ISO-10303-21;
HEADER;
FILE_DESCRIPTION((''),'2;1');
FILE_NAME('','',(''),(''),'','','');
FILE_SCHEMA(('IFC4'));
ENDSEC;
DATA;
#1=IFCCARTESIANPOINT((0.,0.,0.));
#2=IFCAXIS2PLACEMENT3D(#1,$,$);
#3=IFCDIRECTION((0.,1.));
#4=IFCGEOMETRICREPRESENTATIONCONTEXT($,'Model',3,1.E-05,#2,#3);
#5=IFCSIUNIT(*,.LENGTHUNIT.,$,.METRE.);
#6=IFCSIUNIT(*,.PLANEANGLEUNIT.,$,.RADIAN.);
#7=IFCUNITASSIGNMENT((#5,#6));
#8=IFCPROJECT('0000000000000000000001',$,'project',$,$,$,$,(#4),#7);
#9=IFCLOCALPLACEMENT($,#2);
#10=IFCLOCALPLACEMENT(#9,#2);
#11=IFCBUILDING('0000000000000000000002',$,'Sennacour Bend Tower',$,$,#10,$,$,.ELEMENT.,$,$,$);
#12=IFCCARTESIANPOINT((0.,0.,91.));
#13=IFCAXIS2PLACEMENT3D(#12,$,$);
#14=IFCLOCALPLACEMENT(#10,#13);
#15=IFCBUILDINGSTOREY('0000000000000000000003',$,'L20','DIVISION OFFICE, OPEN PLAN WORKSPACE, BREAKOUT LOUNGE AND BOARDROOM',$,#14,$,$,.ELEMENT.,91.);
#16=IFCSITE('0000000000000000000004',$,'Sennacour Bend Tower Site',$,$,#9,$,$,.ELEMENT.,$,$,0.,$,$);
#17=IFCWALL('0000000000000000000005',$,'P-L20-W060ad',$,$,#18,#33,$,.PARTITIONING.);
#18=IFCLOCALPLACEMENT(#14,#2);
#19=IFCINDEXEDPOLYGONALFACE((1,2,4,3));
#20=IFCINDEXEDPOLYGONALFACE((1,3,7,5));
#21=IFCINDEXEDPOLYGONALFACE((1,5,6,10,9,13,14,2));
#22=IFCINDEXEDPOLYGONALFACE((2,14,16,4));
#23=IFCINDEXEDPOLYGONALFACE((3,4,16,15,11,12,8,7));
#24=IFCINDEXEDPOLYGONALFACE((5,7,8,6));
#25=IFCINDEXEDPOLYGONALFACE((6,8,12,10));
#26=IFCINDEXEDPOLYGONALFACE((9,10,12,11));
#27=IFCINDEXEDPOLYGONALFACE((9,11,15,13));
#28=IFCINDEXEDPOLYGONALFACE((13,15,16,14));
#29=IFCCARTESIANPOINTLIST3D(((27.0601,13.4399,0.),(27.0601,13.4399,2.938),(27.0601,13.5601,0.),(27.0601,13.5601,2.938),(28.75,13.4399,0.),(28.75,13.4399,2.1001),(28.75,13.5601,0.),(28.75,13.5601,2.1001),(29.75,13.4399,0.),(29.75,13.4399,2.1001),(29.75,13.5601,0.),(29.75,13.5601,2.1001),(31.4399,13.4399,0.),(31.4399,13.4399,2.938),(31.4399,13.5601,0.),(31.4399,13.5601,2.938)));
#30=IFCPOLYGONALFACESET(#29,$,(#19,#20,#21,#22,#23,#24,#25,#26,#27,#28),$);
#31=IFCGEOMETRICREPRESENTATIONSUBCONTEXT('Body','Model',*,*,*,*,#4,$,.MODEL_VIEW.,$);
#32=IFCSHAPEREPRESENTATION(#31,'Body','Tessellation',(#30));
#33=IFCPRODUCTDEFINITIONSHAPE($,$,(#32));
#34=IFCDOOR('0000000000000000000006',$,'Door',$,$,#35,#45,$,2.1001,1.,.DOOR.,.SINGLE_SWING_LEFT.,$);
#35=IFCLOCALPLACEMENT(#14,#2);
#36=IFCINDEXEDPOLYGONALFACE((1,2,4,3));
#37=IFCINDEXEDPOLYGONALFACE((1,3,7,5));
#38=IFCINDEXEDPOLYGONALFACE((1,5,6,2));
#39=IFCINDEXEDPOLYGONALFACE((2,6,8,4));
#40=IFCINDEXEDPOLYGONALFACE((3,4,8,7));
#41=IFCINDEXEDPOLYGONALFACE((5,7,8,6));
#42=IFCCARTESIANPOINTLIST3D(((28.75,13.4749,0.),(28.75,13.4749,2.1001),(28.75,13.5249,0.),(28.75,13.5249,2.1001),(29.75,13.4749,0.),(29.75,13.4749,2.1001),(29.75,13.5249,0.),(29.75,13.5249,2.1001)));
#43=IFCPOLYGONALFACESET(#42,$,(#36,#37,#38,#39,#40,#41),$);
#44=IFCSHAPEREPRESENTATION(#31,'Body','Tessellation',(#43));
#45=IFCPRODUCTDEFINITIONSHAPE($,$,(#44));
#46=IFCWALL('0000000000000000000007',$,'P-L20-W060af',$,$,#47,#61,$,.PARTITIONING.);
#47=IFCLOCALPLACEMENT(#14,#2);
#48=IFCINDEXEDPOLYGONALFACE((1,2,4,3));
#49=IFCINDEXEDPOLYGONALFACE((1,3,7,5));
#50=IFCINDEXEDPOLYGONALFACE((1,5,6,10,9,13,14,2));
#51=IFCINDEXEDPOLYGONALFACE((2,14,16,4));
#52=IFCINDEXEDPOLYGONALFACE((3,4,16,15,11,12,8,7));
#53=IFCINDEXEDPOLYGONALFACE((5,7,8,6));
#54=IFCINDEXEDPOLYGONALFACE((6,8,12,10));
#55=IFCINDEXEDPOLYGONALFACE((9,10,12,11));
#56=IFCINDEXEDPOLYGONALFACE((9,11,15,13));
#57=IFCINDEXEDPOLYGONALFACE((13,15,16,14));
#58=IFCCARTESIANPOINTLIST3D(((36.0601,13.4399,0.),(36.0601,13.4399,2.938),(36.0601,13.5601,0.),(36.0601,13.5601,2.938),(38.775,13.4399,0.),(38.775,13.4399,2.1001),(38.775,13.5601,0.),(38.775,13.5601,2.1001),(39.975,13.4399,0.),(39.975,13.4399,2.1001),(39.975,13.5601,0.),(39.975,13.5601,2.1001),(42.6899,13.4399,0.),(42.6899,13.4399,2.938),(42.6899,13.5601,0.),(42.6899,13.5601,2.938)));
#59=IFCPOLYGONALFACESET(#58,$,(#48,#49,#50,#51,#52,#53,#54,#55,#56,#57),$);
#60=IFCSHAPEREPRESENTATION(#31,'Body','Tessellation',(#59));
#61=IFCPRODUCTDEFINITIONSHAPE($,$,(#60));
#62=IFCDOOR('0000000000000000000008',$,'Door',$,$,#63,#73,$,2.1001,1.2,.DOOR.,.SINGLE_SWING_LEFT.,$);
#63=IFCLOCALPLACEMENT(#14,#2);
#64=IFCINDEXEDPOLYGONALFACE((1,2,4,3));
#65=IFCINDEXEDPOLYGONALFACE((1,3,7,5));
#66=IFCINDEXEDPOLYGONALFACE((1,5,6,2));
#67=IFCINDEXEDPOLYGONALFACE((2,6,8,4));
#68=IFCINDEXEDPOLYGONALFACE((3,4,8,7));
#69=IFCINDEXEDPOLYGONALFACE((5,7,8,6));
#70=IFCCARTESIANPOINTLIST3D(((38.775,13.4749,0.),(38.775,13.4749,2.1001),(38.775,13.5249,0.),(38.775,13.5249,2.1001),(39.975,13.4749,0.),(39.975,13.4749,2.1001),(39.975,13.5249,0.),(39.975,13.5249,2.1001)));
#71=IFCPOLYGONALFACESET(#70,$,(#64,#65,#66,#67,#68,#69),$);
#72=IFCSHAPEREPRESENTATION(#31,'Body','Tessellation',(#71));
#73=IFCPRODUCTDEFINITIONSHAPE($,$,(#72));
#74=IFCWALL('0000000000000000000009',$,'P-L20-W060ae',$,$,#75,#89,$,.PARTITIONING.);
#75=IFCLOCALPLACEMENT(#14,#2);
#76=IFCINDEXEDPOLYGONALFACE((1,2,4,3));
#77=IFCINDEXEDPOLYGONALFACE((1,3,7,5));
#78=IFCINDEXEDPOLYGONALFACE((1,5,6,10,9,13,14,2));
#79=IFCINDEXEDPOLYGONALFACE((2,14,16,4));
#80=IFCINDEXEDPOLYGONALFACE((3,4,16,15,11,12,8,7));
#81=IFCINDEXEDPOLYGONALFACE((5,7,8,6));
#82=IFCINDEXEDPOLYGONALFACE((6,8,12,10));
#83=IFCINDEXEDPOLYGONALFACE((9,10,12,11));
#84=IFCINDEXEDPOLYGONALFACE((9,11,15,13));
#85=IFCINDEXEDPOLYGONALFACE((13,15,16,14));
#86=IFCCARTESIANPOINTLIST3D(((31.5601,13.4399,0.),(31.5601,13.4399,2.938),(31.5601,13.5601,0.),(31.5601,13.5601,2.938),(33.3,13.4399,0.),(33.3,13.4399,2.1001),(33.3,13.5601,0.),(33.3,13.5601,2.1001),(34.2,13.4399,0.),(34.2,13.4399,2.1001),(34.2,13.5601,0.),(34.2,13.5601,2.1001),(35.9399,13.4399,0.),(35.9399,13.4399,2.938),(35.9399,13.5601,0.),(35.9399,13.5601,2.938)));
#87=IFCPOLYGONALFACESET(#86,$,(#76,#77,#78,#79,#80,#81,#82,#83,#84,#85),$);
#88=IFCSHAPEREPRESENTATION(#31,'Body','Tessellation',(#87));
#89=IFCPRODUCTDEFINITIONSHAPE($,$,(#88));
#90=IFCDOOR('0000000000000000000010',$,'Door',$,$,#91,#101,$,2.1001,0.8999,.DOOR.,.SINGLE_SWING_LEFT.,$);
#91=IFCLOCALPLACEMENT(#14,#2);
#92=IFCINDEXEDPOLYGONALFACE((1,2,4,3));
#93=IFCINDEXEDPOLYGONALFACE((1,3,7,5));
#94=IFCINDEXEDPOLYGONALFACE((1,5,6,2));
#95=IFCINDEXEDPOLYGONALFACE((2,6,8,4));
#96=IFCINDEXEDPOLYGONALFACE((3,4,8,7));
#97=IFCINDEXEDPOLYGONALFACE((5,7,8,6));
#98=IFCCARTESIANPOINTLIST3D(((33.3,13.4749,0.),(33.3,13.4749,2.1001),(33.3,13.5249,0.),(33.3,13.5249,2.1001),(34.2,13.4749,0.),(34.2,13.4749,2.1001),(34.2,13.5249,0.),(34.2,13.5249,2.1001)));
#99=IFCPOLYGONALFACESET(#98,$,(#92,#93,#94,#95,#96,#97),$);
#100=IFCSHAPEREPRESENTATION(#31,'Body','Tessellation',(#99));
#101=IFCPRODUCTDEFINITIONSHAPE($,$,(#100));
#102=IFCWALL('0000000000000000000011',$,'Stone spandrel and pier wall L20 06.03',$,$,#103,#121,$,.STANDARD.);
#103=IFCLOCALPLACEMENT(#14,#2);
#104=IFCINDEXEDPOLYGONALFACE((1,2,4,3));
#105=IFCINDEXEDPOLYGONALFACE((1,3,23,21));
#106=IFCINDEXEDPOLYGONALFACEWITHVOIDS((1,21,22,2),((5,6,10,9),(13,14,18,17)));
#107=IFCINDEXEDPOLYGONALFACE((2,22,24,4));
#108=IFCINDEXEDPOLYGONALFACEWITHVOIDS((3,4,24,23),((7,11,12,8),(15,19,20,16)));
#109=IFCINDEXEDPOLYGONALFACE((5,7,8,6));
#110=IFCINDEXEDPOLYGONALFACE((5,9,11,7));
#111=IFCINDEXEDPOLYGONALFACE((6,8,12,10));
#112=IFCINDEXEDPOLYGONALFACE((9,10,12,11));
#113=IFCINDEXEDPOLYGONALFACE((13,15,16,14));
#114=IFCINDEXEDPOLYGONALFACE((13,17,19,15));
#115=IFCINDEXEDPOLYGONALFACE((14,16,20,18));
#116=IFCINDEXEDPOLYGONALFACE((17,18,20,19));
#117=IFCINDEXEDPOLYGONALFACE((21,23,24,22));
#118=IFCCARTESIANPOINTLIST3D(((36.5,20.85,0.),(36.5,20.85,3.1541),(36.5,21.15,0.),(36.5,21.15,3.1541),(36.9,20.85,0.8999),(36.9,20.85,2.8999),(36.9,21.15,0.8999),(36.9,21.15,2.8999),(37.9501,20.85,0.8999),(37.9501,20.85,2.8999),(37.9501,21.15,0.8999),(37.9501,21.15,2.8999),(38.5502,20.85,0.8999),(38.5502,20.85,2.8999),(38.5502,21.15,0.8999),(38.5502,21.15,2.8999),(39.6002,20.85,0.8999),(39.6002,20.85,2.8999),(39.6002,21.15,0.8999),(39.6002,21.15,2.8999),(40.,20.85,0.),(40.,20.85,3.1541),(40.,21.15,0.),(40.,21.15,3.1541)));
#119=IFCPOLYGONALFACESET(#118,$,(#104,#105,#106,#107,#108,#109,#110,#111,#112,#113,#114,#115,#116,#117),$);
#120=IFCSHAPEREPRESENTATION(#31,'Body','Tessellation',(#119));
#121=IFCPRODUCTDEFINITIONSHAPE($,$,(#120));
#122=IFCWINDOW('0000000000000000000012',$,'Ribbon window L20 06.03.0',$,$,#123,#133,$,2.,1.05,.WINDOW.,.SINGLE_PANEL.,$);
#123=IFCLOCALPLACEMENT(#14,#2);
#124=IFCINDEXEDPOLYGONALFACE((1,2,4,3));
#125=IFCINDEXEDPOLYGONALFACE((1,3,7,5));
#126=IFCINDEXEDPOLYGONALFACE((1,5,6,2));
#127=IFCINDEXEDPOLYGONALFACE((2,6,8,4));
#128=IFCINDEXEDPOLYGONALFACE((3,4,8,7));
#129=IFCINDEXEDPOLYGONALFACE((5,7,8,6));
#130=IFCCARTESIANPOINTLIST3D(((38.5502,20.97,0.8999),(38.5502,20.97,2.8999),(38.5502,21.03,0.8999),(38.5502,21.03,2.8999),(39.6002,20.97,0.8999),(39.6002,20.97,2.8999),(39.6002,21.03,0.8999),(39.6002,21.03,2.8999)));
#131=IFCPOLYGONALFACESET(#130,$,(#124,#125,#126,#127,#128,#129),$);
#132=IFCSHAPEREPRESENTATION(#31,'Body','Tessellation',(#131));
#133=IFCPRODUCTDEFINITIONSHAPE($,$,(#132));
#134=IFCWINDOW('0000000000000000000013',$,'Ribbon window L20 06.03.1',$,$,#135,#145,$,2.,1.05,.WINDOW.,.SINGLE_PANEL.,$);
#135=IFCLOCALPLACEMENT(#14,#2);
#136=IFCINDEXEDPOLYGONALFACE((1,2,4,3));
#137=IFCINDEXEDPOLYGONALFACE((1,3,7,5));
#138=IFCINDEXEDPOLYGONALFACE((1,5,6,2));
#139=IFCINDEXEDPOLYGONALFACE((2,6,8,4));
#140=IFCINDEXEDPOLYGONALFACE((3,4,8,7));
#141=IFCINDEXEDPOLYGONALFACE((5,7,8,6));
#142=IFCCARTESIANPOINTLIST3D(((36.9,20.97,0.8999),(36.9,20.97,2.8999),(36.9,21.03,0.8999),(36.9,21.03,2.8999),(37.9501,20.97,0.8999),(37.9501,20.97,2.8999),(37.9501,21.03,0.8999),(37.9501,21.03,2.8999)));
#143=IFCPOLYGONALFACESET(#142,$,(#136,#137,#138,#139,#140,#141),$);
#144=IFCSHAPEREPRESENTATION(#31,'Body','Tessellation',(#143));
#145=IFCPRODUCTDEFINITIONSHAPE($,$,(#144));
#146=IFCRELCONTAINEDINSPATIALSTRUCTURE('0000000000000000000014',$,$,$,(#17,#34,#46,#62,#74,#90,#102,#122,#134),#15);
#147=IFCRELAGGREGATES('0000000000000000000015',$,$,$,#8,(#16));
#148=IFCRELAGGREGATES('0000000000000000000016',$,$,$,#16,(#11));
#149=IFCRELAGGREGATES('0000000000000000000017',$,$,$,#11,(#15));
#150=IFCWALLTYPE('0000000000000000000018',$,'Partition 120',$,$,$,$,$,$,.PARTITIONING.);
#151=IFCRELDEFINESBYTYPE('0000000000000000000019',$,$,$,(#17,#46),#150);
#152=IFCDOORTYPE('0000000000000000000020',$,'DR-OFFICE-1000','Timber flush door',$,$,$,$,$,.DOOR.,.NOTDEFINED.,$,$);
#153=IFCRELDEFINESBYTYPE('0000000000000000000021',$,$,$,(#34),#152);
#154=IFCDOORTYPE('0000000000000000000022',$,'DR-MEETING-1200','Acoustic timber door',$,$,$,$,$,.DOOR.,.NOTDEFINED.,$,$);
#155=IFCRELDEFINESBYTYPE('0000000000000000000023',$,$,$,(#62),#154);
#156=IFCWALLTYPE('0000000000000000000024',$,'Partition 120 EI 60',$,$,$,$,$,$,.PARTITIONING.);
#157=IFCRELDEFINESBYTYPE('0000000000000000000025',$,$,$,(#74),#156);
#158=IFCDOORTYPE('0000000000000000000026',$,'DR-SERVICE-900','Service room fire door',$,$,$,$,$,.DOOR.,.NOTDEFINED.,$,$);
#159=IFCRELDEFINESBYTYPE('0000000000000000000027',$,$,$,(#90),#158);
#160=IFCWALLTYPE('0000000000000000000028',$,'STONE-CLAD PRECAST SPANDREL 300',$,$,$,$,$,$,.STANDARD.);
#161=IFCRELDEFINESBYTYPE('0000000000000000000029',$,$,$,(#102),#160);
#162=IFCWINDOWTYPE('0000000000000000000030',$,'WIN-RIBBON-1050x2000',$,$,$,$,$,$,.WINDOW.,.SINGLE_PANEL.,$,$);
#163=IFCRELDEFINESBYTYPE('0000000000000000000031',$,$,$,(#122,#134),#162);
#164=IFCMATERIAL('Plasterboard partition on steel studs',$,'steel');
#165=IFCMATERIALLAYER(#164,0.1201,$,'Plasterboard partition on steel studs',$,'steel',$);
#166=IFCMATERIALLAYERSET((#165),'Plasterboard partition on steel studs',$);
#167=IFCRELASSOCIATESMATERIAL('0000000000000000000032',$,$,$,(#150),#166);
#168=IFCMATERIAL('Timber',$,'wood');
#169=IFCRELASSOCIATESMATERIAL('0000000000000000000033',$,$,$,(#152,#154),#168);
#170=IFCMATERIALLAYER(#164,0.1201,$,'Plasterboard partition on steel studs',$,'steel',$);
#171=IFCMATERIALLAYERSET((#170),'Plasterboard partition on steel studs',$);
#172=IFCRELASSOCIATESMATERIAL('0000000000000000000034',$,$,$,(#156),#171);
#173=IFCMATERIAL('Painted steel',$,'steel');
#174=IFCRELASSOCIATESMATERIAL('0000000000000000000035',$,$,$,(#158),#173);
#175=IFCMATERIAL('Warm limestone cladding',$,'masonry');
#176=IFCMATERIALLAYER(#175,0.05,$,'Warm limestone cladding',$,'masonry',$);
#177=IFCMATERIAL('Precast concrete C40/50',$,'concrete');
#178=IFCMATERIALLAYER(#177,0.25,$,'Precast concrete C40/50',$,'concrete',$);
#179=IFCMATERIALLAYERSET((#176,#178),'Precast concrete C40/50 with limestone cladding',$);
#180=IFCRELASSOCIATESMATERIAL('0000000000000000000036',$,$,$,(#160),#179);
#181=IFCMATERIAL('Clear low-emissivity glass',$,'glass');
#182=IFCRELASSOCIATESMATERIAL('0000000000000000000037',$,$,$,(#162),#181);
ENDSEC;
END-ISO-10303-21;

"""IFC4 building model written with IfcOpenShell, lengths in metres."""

from ifc_helpers import new_model, si_unit, direction, frame, frame_2d, origin, place, context, subcontext, project, spatial, rectangle, extrude, material, layer, layer_set, type_object, element, fill, save


model = new_model("IFC4")

# Units and contexts
model_context = context("Model", 3, precision=1e-05, world=origin(), true_north=direction((0.0, 1.0)))
body_context = subcontext(model_context, "Body", "Model", "MODEL_VIEW")
ifc_project = project(units=[si_unit("LENGTHUNIT", "METRE"), si_unit("PLANEANGLEUNIT", "RADIAN")], contexts=[model_context])

# Site, building, storey
site_placement = place(None, origin())
site = spatial("IfcSite", under=ifc_project, at=site_placement, Name="Sennacour Bend Tower Site", CompositionType="ELEMENT", RefElevation=0.0)
building_placement = place(site_placement, origin())
building = spatial("IfcBuilding", under=site, at=building_placement, Name="Sennacour Bend Tower", CompositionType="ELEMENT")
storey_placement = place(building_placement, frame((0.0, 0.0, 91.0)))
storey = spatial("IfcBuildingStorey", under=building, at=storey_placement, Name="L20", Description="DIVISION OFFICE, OPEN PLAN WORKSPACE, BREAKOUT LOUNGE AND BOARDROOM", CompositionType="ELEMENT", Elevation=91.0)

# Shared definitions
ifc_material_1 = material(Name="Plasterboard partition on steel studs", Category="steel")
ifc_layer_1 = layer(ifc_material_1, 0.1201, Name="Plasterboard partition on steel studs", Category="steel")
ifc_layer_set_1 = layer_set([ifc_layer_1], Name="Plasterboard partition on steel studs")
wall_type_1 = type_object("IfcWallType", Name="Partition 120", PredefinedType="PARTITIONING", material=ifc_layer_set_1)

# Walls, openings, doors
ifc_material_2 = material(Name="Timber", Category="wood")
wall_1_placement = place(storey_placement, frame((27.0601, 13.5, 0.0), z_axis=(0.0, 0.0, 1.0), x_axis=(1.0, 0.0, 0.0)))
wall_1 = element("IfcWall", 1, at=wall_1_placement, inside=storey, type_object=wall_type_1, Name="P-L20-W060ad", PredefinedType="PARTITIONING", context=body_context, shape_type="SweptSolid", body=[
    extrude(rectangle(XDim=4.3799, YDim=0.1201, at=frame_2d((2.1899, 0.0))), origin(), (0.0, 0.0, 1.0), 2.938),
])
opening_1_placement = place(wall_1_placement, frame((1.6899, 0.0, 0.0)))
opening_1 = element("IfcOpeningElement", 2, at=opening_1_placement, cuts=wall_1, PredefinedType="OPENING", context=body_context, shape_type="SweptSolid", body=[
    extrude(rectangle(XDim=1.0, YDim=2.1001, at=frame_2d((0.5, 1.05))), frame((0.0, 0.0701, 0.0), z_axis=(0.0, -1.0, 0.0), x_axis=(1.0, 0.0, 0.0)), (0.0, 0.0, 1.0), 0.1401),
])
door_type_1 = type_object("IfcDoorType", Name="DR-OFFICE-1000", Description="Timber flush door", OperationType="NOTDEFINED", PredefinedType="DOOR", material=ifc_material_2)
door_1_placement = place(opening_1_placement, origin())
door_1 = element("IfcDoor", 3, at=door_1_placement, inside=storey, type_object=door_type_1, Name="Door", OperationType="SINGLE_SWING_LEFT", OverallHeight=2.1001, OverallWidth=1.0, PredefinedType="DOOR", context=body_context, shape_type="SweptSolid", body=[
    extrude(rectangle(XDim=1.0, YDim=2.1001, at=frame_2d((0.5, 1.05))), frame((0.0, 0.0249, 0.0), z_axis=(0.0, -1.0, 0.0), x_axis=(1.0, 0.0, 0.0)), (0.0, 0.0, 1.0), 0.05),
])
fill(opening_1, door_1)
wall_2_placement = place(storey_placement, frame((36.0601, 13.5, 0.0), z_axis=(0.0, 0.0, 1.0), x_axis=(1.0, 0.0, 0.0)))
wall_2 = element("IfcWall", 4, at=wall_2_placement, inside=storey, type_object=wall_type_1, Name="P-L20-W060af", PredefinedType="PARTITIONING", context=body_context, shape_type="SweptSolid", body=[
    extrude(rectangle(XDim=6.6299, YDim=0.1201, at=frame_2d((3.3149, 0.0))), origin(), (0.0, 0.0, 1.0), 2.938),
])
opening_2_placement = place(wall_2_placement, frame((2.7148, 0.0, 0.0)))
opening_2 = element("IfcOpeningElement", 5, at=opening_2_placement, cuts=wall_2, PredefinedType="OPENING", context=body_context, shape_type="SweptSolid", body=[
    extrude(rectangle(XDim=1.2, YDim=2.1001, at=frame_2d((0.6001, 1.05))), frame((0.0, 0.0701, 0.0), z_axis=(0.0, -1.0, 0.0), x_axis=(1.0, 0.0, 0.0)), (0.0, 0.0, 1.0), 0.1401),
])
door_type_2 = type_object("IfcDoorType", Name="DR-MEETING-1200", Description="Acoustic timber door", OperationType="NOTDEFINED", PredefinedType="DOOR", material=ifc_material_2)
door_2_placement = place(opening_2_placement, origin())
door_2 = element("IfcDoor", 6, at=door_2_placement, inside=storey, type_object=door_type_2, Name="Door", OperationType="SINGLE_SWING_LEFT", OverallHeight=2.1001, OverallWidth=1.2, PredefinedType="DOOR", context=body_context, shape_type="SweptSolid", body=[
    extrude(rectangle(XDim=1.2, YDim=2.1001, at=frame_2d((0.6001, 1.05))), frame((0.0, 0.0249, 0.0), z_axis=(0.0, -1.0, 0.0), x_axis=(1.0, 0.0, 0.0)), (0.0, 0.0, 1.0), 0.05),
])
fill(opening_2, door_2)
ifc_layer_2 = layer(ifc_material_1, 0.1201, Name="Plasterboard partition on steel studs", Category="steel")
ifc_layer_set_2 = layer_set([ifc_layer_2], Name="Plasterboard partition on steel studs")
wall_type_2 = type_object("IfcWallType", Name="Partition 120 EI 60", PredefinedType="PARTITIONING", material=ifc_layer_set_2)
wall_3_placement = place(storey_placement, frame((31.5601, 13.5, 0.0), z_axis=(0.0, 0.0, 1.0), x_axis=(1.0, 0.0, 0.0)))
wall_3 = element("IfcWall", 7, at=wall_3_placement, inside=storey, type_object=wall_type_2, Name="P-L20-W060ae", PredefinedType="PARTITIONING", context=body_context, shape_type="SweptSolid", body=[
    extrude(rectangle(XDim=4.3799, YDim=0.1201, at=frame_2d((2.1899, 0.0))), origin(), (0.0, 0.0, 1.0), 2.938),
])
opening_3_placement = place(wall_3_placement, frame((1.74, 0.0, 0.0)))
opening_3 = element("IfcOpeningElement", 8, at=opening_3_placement, cuts=wall_3, PredefinedType="OPENING", context=body_context, shape_type="SweptSolid", body=[
    extrude(rectangle(XDim=0.8999, YDim=2.1001, at=frame_2d((0.45, 1.05))), frame((0.0, 0.0701, 0.0), z_axis=(0.0, -1.0, 0.0), x_axis=(1.0, 0.0, 0.0)), (0.0, 0.0, 1.0), 0.1401),
])
ifc_material_3 = material(Name="Painted steel", Category="steel")
door_type_3 = type_object("IfcDoorType", Name="DR-SERVICE-900", Description="Service room fire door", OperationType="NOTDEFINED", PredefinedType="DOOR", material=ifc_material_3)
door_3_placement = place(opening_3_placement, origin())
door_3 = element("IfcDoor", 9, at=door_3_placement, inside=storey, type_object=door_type_3, Name="Door", OperationType="SINGLE_SWING_LEFT", OverallHeight=2.1001, OverallWidth=0.8999, PredefinedType="DOOR", context=body_context, shape_type="SweptSolid", body=[
    extrude(rectangle(XDim=0.8999, YDim=2.1001, at=frame_2d((0.45, 1.05))), frame((0.0, 0.0249, 0.0), z_axis=(0.0, -1.0, 0.0), x_axis=(1.0, 0.0, 0.0)), (0.0, 0.0, 1.0), 0.05),
])
fill(opening_3, door_3)

# Wall, openings, windows
ifc_material_4 = material(Name="Warm limestone cladding", Category="masonry")
ifc_layer_3 = layer(ifc_material_4, 0.05, Name="Warm limestone cladding", Category="masonry")
ifc_material_5 = material(Name="Precast concrete C40/50", Category="concrete")
ifc_layer_4 = layer(ifc_material_5, 0.25, Name="Precast concrete C40/50", Category="concrete")
ifc_layer_set_3 = layer_set([ifc_layer_3, ifc_layer_4], Name="Precast concrete C40/50 with limestone cladding")
wall_type_3 = type_object("IfcWallType", Name="STONE-CLAD PRECAST SPANDREL 300", PredefinedType="STANDARD", material=ifc_layer_set_3)
wall_4_placement = place(storey_placement, frame((40.0, 21.0, 0.0), z_axis=(0.0, 0.0, 1.0), x_axis=(-1.0, 0.0, 0.0)))
wall_4 = element("IfcWall", 10, at=wall_4_placement, inside=storey, type_object=wall_type_3, Name="Stone spandrel and pier wall L20 06.03", PredefinedType="STANDARD", context=body_context, shape_type="SweptSolid", body=[
    extrude(rectangle(XDim=3.5, YDim=0.3, at=frame_2d((1.75, 0.0))), origin(), (0.0, 0.0, 1.0), 3.1541),
])
opening_4_placement = place(wall_4_placement, frame((0.3999, 0.0, 0.8999)))
opening_4 = element("IfcOpeningElement", 11, at=opening_4_placement, cuts=wall_4, PredefinedType="OPENING", context=body_context, shape_type="SweptSolid", body=[
    extrude(rectangle(XDim=1.05, YDim=2.0, at=frame_2d((0.5249, 1.0))), frame((0.0, 0.1602, 0.0), z_axis=(0.0, -1.0, 0.0), x_axis=(1.0, 0.0, 0.0)), (0.0, 0.0, 1.0), 0.3201),
])
opening_5_placement = place(wall_4_placement, frame((2.05, 0.0, 0.8999)))
opening_5 = element("IfcOpeningElement", 12, at=opening_5_placement, cuts=wall_4, PredefinedType="OPENING", context=body_context, shape_type="SweptSolid", body=[
    extrude(rectangle(XDim=1.05, YDim=2.0, at=frame_2d((0.5249, 1.0))), frame((0.0, 0.1602, 0.0), z_axis=(0.0, -1.0, 0.0), x_axis=(1.0, 0.0, 0.0)), (0.0, 0.0, 1.0), 0.3201),
])
ifc_material_6 = material(Name="Clear low-emissivity glass", Category="glass")
window_type_1 = type_object("IfcWindowType", Name="WIN-RIBBON-1050x2000", PartitioningType="SINGLE_PANEL", PredefinedType="WINDOW", material=ifc_material_6)
window_1_placement = place(opening_4_placement, origin())
window_1 = element("IfcWindow", 13, at=window_1_placement, inside=storey, type_object=window_type_1, Name="Ribbon window L20 06.03.0", OverallHeight=2.0, OverallWidth=1.05, PartitioningType="SINGLE_PANEL", PredefinedType="WINDOW", context=body_context, shape_type="SweptSolid", body=[
    extrude(rectangle(XDim=1.05, YDim=2.0, at=frame_2d((0.5249, 1.0))), frame((0.0, 0.03, 0.0), z_axis=(0.0, -1.0, 0.0), x_axis=(1.0, 0.0, 0.0)), (0.0, 0.0, 1.0), 0.0601),
])
fill(opening_4, window_1)
window_2_placement = place(opening_5_placement, origin())
window_2 = element("IfcWindow", 14, at=window_2_placement, inside=storey, type_object=window_type_1, Name="Ribbon window L20 06.03.1", OverallHeight=2.0, OverallWidth=1.05, PartitioningType="SINGLE_PANEL", PredefinedType="WINDOW", context=body_context, shape_type="SweptSolid", body=[
    extrude(rectangle(XDim=1.05, YDim=2.0, at=frame_2d((0.5249, 1.0))), frame((0.0, 0.03, 0.0), z_axis=(0.0, -1.0, 0.0), x_axis=(1.0, 0.0, 0.0)), (0.0, 0.0, 1.0), 0.0601),
])
fill(opening_5, window_2)

save(model, "model.ifc")
